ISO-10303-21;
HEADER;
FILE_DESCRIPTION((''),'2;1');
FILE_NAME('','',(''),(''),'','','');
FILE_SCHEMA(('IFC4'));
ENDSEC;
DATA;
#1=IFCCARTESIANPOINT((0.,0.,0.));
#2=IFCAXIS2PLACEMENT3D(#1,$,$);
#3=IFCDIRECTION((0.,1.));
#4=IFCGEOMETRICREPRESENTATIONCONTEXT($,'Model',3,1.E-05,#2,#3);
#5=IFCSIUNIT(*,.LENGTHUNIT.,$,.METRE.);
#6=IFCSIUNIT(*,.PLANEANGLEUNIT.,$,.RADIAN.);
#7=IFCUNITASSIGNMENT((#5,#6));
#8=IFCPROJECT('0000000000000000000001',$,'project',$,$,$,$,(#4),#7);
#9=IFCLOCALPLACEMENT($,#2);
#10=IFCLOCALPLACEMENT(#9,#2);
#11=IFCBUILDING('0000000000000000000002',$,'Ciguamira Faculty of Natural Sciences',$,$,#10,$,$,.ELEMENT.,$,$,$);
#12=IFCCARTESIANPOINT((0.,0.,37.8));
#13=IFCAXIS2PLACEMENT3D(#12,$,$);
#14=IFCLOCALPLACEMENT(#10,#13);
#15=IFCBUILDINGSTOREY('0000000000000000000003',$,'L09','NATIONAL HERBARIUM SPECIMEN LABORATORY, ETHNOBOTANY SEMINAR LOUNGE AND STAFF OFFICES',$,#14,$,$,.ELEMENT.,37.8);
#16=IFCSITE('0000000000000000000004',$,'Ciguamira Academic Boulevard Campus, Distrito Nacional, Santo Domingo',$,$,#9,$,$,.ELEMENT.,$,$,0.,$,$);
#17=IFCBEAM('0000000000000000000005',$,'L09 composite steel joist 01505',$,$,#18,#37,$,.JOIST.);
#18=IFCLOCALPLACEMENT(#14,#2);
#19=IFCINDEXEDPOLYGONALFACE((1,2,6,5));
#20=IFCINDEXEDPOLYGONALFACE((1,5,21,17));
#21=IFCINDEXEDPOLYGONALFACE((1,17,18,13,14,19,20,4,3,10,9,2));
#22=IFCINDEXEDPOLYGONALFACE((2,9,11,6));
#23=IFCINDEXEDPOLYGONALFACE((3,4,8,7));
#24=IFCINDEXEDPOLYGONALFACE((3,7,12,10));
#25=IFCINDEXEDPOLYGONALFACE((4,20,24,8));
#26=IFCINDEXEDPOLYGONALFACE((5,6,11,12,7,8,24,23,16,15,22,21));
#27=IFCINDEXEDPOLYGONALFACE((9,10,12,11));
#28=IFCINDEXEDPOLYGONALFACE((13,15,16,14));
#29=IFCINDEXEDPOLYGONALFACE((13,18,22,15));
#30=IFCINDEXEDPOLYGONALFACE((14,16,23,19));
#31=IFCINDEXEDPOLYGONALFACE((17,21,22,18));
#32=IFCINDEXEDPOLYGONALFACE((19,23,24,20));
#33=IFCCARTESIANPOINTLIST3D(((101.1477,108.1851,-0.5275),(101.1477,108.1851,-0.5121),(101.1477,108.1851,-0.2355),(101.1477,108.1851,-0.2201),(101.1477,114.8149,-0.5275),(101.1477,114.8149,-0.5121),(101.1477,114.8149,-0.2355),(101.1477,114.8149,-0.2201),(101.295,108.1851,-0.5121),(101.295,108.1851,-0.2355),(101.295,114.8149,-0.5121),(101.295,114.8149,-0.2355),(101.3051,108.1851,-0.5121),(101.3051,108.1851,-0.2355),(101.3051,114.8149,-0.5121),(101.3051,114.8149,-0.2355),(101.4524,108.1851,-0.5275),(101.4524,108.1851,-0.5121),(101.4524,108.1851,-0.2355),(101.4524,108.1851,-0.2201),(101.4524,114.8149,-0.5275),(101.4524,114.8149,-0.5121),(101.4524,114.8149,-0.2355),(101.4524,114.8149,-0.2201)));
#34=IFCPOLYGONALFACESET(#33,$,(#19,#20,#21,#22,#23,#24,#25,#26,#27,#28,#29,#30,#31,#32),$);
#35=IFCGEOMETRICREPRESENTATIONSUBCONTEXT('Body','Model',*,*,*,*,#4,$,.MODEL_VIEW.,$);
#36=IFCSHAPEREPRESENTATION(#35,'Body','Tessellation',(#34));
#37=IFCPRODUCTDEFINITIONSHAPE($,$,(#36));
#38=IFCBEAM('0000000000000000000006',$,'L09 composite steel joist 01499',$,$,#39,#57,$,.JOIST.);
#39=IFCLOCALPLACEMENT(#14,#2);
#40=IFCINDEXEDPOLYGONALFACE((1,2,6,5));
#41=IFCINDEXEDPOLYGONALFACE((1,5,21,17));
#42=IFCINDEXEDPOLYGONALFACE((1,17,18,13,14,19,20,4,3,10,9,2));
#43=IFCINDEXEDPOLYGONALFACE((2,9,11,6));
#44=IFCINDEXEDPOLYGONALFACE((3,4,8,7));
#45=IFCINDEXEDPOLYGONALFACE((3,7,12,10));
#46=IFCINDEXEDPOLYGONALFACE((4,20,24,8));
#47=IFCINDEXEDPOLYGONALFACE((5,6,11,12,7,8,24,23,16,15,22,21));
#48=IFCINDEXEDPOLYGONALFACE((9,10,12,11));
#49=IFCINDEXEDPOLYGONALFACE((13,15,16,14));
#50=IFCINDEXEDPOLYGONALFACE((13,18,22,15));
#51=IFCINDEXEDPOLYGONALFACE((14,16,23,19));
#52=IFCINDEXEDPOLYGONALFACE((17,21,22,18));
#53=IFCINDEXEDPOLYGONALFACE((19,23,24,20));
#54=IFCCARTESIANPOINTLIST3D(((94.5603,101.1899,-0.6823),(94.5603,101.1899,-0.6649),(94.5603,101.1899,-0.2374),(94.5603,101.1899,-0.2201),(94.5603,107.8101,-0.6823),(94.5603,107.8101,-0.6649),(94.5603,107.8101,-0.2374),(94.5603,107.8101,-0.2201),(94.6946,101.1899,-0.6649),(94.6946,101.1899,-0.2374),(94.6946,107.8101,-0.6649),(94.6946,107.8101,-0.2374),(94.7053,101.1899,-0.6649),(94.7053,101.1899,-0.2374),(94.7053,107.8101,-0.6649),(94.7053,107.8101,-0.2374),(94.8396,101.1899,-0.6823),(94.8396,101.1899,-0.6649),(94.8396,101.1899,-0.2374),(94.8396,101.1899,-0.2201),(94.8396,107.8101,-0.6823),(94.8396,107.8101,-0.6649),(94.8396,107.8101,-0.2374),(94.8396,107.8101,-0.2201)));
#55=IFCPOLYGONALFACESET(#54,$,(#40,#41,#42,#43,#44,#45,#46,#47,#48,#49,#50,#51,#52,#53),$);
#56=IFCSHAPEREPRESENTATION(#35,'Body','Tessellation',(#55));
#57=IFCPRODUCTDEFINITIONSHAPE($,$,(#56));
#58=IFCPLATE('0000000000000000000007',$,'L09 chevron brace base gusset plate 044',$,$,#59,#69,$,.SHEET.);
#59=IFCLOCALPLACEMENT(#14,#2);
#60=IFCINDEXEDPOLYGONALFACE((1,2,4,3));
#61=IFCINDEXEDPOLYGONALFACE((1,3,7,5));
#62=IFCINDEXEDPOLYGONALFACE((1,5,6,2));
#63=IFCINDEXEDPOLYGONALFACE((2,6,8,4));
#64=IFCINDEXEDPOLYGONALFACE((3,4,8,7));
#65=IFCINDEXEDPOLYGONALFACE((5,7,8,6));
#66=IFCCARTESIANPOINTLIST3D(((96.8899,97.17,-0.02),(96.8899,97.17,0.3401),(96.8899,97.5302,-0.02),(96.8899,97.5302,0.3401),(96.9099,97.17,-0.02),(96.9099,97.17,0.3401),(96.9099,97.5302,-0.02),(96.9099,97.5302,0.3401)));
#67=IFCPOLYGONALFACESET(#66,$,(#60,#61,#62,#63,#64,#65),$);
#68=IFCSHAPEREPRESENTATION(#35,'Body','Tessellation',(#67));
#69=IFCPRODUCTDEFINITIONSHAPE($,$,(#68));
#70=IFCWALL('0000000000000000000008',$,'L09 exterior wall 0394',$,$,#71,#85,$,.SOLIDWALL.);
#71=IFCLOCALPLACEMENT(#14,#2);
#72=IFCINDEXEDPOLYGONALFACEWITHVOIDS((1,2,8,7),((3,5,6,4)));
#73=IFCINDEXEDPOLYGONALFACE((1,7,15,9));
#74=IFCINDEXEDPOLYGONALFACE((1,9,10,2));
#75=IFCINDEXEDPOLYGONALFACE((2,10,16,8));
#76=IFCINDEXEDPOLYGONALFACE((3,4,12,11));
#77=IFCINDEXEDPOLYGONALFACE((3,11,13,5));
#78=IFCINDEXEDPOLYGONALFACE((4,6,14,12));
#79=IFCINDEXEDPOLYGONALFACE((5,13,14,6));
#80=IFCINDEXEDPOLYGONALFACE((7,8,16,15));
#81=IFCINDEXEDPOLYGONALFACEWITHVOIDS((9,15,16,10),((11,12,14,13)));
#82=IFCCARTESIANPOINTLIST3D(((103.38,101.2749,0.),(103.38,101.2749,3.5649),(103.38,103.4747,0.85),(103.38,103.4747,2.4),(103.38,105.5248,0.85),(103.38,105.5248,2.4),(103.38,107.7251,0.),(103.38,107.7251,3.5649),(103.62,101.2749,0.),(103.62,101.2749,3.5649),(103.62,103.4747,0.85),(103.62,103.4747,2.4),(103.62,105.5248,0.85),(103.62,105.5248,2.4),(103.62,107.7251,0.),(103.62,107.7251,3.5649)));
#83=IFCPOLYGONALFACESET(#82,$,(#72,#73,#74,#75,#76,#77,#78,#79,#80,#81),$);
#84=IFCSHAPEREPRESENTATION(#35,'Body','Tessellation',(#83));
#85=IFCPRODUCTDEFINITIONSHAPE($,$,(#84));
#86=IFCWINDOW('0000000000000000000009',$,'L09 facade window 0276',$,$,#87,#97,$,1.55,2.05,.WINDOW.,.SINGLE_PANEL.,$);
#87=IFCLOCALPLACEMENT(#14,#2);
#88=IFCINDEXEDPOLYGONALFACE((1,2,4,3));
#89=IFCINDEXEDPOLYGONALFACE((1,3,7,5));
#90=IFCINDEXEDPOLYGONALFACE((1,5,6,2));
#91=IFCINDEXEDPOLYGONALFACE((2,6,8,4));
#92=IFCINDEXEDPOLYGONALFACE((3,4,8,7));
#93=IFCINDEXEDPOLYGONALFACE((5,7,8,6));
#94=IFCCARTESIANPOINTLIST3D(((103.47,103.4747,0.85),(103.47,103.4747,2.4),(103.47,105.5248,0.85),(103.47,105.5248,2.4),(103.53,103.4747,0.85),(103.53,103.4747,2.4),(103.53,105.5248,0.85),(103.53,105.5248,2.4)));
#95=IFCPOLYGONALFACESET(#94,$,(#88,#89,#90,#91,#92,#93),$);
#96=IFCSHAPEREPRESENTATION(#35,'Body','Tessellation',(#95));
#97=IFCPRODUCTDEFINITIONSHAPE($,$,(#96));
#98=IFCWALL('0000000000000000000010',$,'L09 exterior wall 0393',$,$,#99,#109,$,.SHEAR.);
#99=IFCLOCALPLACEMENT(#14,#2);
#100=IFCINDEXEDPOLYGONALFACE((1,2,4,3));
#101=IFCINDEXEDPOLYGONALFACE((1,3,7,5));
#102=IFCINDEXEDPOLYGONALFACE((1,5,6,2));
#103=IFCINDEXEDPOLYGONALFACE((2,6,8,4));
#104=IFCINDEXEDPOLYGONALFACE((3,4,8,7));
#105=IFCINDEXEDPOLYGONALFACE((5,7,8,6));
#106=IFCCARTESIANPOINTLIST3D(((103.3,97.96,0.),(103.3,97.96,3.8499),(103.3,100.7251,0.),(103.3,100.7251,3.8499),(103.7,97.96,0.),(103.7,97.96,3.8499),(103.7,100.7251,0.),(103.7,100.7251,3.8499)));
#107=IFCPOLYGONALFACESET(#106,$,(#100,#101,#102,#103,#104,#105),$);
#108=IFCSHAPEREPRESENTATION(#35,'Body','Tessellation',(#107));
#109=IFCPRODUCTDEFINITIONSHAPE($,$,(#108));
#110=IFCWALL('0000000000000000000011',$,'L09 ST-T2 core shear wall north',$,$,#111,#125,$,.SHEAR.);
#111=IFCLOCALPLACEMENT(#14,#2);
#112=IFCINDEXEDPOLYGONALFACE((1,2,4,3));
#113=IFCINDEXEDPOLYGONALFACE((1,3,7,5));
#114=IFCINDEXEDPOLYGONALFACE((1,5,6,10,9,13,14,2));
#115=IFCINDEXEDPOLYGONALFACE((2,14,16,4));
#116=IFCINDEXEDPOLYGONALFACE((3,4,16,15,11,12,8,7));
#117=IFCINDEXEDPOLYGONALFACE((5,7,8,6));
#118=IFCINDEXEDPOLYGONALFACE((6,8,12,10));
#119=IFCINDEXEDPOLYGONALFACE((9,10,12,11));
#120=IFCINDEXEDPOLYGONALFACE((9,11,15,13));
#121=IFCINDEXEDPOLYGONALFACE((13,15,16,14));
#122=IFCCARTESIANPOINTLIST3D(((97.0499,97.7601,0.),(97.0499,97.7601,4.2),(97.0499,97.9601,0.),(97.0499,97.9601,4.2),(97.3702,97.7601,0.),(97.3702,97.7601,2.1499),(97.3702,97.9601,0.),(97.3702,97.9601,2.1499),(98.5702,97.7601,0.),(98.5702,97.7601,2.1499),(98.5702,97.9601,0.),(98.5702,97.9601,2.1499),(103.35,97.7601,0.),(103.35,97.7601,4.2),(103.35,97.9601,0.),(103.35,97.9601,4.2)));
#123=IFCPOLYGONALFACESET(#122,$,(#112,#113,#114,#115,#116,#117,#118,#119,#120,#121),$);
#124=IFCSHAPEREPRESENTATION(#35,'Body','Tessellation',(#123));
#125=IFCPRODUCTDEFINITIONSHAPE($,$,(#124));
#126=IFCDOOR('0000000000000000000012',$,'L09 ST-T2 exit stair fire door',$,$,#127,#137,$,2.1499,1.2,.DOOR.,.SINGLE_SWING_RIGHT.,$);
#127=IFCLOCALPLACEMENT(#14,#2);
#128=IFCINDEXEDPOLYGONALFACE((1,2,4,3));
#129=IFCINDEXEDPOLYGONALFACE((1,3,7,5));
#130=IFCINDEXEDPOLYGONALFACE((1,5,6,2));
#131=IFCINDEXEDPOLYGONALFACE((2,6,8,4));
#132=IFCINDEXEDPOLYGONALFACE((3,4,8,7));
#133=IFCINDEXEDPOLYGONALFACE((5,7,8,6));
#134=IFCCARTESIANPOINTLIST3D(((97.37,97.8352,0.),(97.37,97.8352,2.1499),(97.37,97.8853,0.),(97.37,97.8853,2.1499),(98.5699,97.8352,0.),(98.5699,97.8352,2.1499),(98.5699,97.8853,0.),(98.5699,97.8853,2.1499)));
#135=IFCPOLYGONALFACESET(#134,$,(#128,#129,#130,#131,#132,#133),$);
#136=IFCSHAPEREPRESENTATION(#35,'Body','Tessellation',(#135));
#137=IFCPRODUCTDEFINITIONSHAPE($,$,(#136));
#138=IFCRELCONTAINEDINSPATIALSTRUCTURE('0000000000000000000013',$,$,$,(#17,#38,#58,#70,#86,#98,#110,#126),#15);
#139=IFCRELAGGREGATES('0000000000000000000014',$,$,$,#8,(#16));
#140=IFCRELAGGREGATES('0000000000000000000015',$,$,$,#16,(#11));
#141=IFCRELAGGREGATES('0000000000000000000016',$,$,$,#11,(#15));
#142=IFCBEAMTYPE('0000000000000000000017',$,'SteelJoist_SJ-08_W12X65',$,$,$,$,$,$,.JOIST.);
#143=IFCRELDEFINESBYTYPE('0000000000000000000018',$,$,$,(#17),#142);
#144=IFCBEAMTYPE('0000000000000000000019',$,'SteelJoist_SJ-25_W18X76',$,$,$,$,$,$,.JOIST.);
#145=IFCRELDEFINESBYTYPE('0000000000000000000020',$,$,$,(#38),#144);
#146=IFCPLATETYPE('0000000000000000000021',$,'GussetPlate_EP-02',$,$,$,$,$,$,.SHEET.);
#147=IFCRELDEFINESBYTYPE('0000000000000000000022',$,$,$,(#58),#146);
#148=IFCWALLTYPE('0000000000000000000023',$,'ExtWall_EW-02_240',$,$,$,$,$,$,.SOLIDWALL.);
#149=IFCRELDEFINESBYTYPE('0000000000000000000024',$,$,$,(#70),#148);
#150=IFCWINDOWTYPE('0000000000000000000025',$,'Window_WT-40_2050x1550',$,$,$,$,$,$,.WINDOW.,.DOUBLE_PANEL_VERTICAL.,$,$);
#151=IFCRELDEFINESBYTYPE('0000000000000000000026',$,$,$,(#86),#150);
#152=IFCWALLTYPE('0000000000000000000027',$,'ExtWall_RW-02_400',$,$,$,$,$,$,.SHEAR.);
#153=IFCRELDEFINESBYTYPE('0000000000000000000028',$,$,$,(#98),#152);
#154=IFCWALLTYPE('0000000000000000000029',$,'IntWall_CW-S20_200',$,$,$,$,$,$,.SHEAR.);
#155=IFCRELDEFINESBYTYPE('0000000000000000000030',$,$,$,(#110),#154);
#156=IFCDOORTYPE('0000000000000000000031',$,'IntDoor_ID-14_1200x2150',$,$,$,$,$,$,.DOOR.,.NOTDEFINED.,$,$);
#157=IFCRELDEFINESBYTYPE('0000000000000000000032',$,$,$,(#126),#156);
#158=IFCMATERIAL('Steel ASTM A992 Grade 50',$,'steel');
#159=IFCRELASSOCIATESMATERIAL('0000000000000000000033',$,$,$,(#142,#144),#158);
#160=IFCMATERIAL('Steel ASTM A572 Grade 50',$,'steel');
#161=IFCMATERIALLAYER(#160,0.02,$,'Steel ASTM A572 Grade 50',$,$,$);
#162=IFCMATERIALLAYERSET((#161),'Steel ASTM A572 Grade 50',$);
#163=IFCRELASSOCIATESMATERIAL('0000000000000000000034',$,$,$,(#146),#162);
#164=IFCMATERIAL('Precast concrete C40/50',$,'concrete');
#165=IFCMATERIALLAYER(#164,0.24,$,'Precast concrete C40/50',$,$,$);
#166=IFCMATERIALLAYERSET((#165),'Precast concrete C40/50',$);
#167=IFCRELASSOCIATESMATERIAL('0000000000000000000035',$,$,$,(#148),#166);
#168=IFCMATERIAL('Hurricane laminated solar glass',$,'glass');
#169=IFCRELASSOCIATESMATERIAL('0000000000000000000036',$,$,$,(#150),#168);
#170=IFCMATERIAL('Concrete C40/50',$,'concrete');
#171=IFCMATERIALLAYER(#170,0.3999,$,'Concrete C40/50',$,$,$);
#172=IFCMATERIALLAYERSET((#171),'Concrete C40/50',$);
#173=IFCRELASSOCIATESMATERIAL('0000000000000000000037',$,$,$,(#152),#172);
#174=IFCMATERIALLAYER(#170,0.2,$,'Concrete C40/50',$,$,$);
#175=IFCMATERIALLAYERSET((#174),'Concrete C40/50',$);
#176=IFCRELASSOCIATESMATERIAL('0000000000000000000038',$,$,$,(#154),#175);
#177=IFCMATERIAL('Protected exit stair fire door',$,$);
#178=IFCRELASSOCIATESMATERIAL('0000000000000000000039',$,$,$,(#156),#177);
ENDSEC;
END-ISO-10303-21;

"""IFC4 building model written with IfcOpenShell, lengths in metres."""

from ifc_helpers import new_model, si_unit, direction, frame, frame_2d, origin, origin_2d, place, context, subcontext, project, spatial, rectangle, i_section, extrude, material, layer, layer_set, material_profile, profile_set, type_object, element, fill, save


model = new_model("IFC4")

# Units and contexts
model_context = context("Model", 3, precision=1e-05, world=origin(), true_north=direction((0.0, 1.0)))
body_context = subcontext(model_context, "Body", "Model", "MODEL_VIEW")
ifc_project = project(units=[si_unit("LENGTHUNIT", "METRE"), si_unit("PLANEANGLEUNIT", "RADIAN")], contexts=[model_context])

# Site, building, storey
site_placement = place(None, origin())
site = spatial("IfcSite", under=ifc_project, at=site_placement, Name="Ciguamira Academic Boulevard Campus, Distrito Nacional, Santo Domingo", CompositionType="ELEMENT", RefElevation=0.0)
building_placement = place(site_placement, origin())
building = spatial("IfcBuilding", under=site, at=building_placement, Name="Ciguamira Faculty of Natural Sciences", CompositionType="ELEMENT")
storey_placement = place(building_placement, frame((0.0, 0.0, 37.8)))
storey = spatial("IfcBuildingStorey", under=building, at=storey_placement, Name="L09", Description="NATIONAL HERBARIUM SPECIMEN LABORATORY, ETHNOBOTANY SEMINAR LOUNGE AND STAFF OFFICES", CompositionType="ELEMENT", Elevation=37.8)

# Shared definitions
ifc_material_1 = material(Name="Concrete C40/50", Category="concrete")

# Beams
ifc_material_2 = material(Name="Precast concrete C40/50", Category="concrete")
ifc_material_3 = material(Name="Steel ASTM A992 Grade 50", Category="steel")
ifc_material_profile_1 = material_profile(ifc_material_3, i_section(OverallWidth=0.3047, OverallDepth=0.3074, WebThickness=0.01, FlangeThickness=0.0154, at=origin_2d()), Name="W12X65")
ifc_profile_set_1 = profile_set([ifc_material_profile_1], Name="Steel ASTM A992 Grade 50")
beam_type_1 = type_object("IfcBeamType", Name="SteelJoist_SJ-08_W12X65", PredefinedType="JOIST", material=ifc_profile_set_1)
beam_1_placement = place(storey_placement, frame((101.3, 108.1851, -0.3738), z_axis=(0.0, 1.0, 0.0), x_axis=(-1.0, 0.0, 0.0)))
element("IfcBeam", 1, at=beam_1_placement, inside=storey, type_object=beam_type_1, Name="L09 composite steel joist 01505", PredefinedType="JOIST", context=body_context, shape_type="SweptSolid", body=[
    extrude(i_section(OverallWidth=0.3047, OverallDepth=0.3074, WebThickness=0.01, FlangeThickness=0.0154, at=origin_2d()), origin(), (0.0, 0.0, 1.0), 6.6299),
])
ifc_material_profile_2 = material_profile(ifc_material_3, i_section(OverallWidth=0.2793, OverallDepth=0.4622, WebThickness=0.0107, FlangeThickness=0.0173, at=origin_2d()), Name="W18X76")
ifc_profile_set_2 = profile_set([ifc_material_profile_2], Name="Steel ASTM A992 Grade 50")
beam_type_2 = type_object("IfcBeamType", Name="SteelJoist_SJ-25_W18X76", PredefinedType="JOIST", material=ifc_profile_set_2)
beam_2_placement = place(storey_placement, frame((94.7, 101.1899, -0.4512), z_axis=(0.0, 1.0, 0.0), x_axis=(-1.0, 0.0, 0.0)))
element("IfcBeam", 2, at=beam_2_placement, inside=storey, type_object=beam_type_2, Name="L09 composite steel joist 01499", PredefinedType="JOIST", context=body_context, shape_type="SweptSolid", body=[
    extrude(i_section(OverallWidth=0.2793, OverallDepth=0.4622, WebThickness=0.0107, FlangeThickness=0.0173, at=origin_2d()), origin(), (0.0, 0.0, 1.0), 6.6201),
])

# Plate
ifc_material_4 = material(Name="Steel ASTM A572 Grade 50", Category="steel")
ifc_layer_1 = layer(ifc_material_4, 0.02, Name="Steel ASTM A572 Grade 50")
ifc_layer_set_1 = layer_set([ifc_layer_1], Name="Steel ASTM A572 Grade 50")
plate_type = type_object("IfcPlateType", Name="GussetPlate_EP-02", PredefinedType="SHEET", material=ifc_layer_set_1)
plate_placement = place(storey_placement, frame((96.8999, 97.3501, -0.02), z_axis=(0.0, 0.0, 1.0), x_axis=(1.0, 0.0, 0.0)))
element("IfcPlate", 3, at=plate_placement, inside=storey, type_object=plate_type, Name="L09 chevron brace base gusset plate 044", PredefinedType="SHEET", context=body_context, shape_type="SweptSolid", body=[
    extrude(rectangle(XDim=0.02, YDim=0.3601, at=origin_2d()), origin(), (0.0, 0.0, 1.0), 0.3601),
])

# Wall, opening, window
ifc_layer_2 = layer(ifc_material_2, 0.24, Name="Precast concrete C40/50")
ifc_layer_set_2 = layer_set([ifc_layer_2], Name="Precast concrete C40/50")
wall_type_1 = type_object("IfcWallType", Name="ExtWall_EW-02_240", PredefinedType="SOLIDWALL", material=ifc_layer_set_2)
wall_1_placement = place(storey_placement, frame((103.5, 101.2749, 0.0), z_axis=(0.0, 0.0, 1.0), x_axis=(0.0, 1.0, 0.0)))
wall_1 = element("IfcWall", 4, at=wall_1_placement, inside=storey, type_object=wall_type_1, Name="L09 exterior wall 0394", PredefinedType="SOLIDWALL", context=body_context, shape_type="SweptSolid", body=[
    extrude(rectangle(XDim=6.4502, YDim=0.24, at=frame_2d((3.2251, 0.0))), origin(), (0.0, 0.0, 1.0), 3.5649),
])
opening_1_placement = place(wall_1_placement, frame((2.2, 0.0, 0.8501)))
opening_1 = element("IfcOpeningElement", 5, at=opening_1_placement, cuts=wall_1, PredefinedType="OPENING", context=body_context, shape_type="SweptSolid", body=[
    extrude(rectangle(XDim=2.05, YDim=1.55, at=frame_2d((1.0249, 0.7749))), frame((0.0, 0.1299, 0.0), z_axis=(0.0, -1.0, 0.0), x_axis=(1.0, 0.0, 0.0)), (0.0, 0.0, 1.0), 0.26),
])
ifc_material_5 = material(Name="Hurricane laminated solar glass", Category="glass")
window_type = type_object("IfcWindowType", Name="Window_WT-40_2050x1550", PartitioningType="DOUBLE_PANEL_VERTICAL", PredefinedType="WINDOW", material=ifc_material_5)
window_placement = place(opening_1_placement, origin())
window = element("IfcWindow", 6, at=window_placement, inside=storey, type_object=window_type, Name="L09 facade window 0276", OverallHeight=1.55, OverallWidth=2.05, PartitioningType="SINGLE_PANEL", PredefinedType="WINDOW", context=body_context, shape_type="SweptSolid", body=[
    extrude(rectangle(XDim=2.05, YDim=1.55, at=frame_2d((1.0249, 0.7749))), frame((0.0, 0.03, 0.0), z_axis=(0.0, -1.0, 0.0), x_axis=(1.0, 0.0, 0.0)), (0.0, 0.0, 1.0), 0.0601),
])
fill(opening_1, window)

# Wall
ifc_layer_3 = layer(ifc_material_1, 0.3999, Name="Concrete C40/50")
ifc_layer_set_3 = layer_set([ifc_layer_3], Name="Concrete C40/50")
wall_type_2 = type_object("IfcWallType", Name="ExtWall_RW-02_400", PredefinedType="SHEAR", material=ifc_layer_set_3)
wall_2_placement = place(storey_placement, frame((103.5, 97.96, 0.0), z_axis=(0.0, 0.0, 1.0), x_axis=(0.0, 1.0, 0.0)))
element("IfcWall", 7, at=wall_2_placement, inside=storey, type_object=wall_type_2, Name="L09 exterior wall 0393", PredefinedType="SHEAR", context=body_context, shape_type="SweptSolid", body=[
    extrude(rectangle(XDim=2.7651, YDim=0.3999, at=frame_2d((1.3826, 0.0))), origin(), (0.0, 0.0, 1.0), 3.8499),
])

# Wall, opening, door
ifc_layer_4 = layer(ifc_material_1, 0.2, Name="Concrete C40/50")
ifc_layer_set_4 = layer_set([ifc_layer_4], Name="Concrete C40/50")
wall_type_3 = type_object("IfcWallType", Name="IntWall_CW-S20_200", PredefinedType="SHEAR", material=ifc_layer_set_4)
wall_3_placement = place(storey_placement, frame((97.05, 97.8601, 0.0), z_axis=(0.0, 0.0, 1.0), x_axis=(1.0, 0.0, 0.0)))
wall_3 = element("IfcWall", 8, at=wall_3_placement, inside=storey, type_object=wall_type_3, Name="L09 ST-T2 core shear wall north", PredefinedType="SHEAR", context=body_context, shape_type="SweptSolid", body=[
    extrude(rectangle(XDim=6.3, YDim=0.2, at=frame_2d((3.1499, 0.0))), origin(), (0.0, 0.0, 1.0), 4.2),
])
opening_2_placement = place(wall_3_placement, frame((0.3201, 0.0, 0.0)))
opening_2 = element("IfcOpeningElement", 9, at=opening_2_placement, cuts=wall_3, PredefinedType="OPENING", context=body_context, shape_type="SweptSolid", body=[
    extrude(rectangle(XDim=1.2, YDim=2.1499, at=frame_2d((0.6001, 1.075))), frame((0.0, 0.1099, 0.0), z_axis=(0.0, -1.0, 0.0), x_axis=(1.0, 0.0, 0.0)), (0.0, 0.0, 1.0), 0.22),
])
ifc_material_6 = material(Name="Protected exit stair fire door")
door_type_1 = type_object("IfcDoorType", Name="IntDoor_ID-14_1200x2150", OperationType="NOTDEFINED", PredefinedType="DOOR", material=ifc_material_6)
door_1_placement = place(opening_2_placement, frame((1.2, 0.0, 0.0), z_axis=(0.0, 0.0, 1.0), x_axis=(-1.0, 0.0, 0.0)))
door_1 = element("IfcDoor", 10, at=door_1_placement, inside=storey, type_object=door_type_1, Name="L09 ST-T2 exit stair fire door", OperationType="SINGLE_SWING_RIGHT", OverallHeight=2.1499, OverallWidth=1.2, PredefinedType="DOOR", context=body_context, shape_type="SweptSolid", body=[
    extrude(rectangle(XDim=1.2, YDim=2.1499, at=frame_2d((0.6001, 1.075))), frame((0.0, 0.0249, 0.0), z_axis=(0.0, -1.0, 0.0), x_axis=(1.0, 0.0, 0.0)), (0.0, 0.0, 1.0), 0.05),
])
fill(opening_2, door_1)

save(model, "model.ifc")
